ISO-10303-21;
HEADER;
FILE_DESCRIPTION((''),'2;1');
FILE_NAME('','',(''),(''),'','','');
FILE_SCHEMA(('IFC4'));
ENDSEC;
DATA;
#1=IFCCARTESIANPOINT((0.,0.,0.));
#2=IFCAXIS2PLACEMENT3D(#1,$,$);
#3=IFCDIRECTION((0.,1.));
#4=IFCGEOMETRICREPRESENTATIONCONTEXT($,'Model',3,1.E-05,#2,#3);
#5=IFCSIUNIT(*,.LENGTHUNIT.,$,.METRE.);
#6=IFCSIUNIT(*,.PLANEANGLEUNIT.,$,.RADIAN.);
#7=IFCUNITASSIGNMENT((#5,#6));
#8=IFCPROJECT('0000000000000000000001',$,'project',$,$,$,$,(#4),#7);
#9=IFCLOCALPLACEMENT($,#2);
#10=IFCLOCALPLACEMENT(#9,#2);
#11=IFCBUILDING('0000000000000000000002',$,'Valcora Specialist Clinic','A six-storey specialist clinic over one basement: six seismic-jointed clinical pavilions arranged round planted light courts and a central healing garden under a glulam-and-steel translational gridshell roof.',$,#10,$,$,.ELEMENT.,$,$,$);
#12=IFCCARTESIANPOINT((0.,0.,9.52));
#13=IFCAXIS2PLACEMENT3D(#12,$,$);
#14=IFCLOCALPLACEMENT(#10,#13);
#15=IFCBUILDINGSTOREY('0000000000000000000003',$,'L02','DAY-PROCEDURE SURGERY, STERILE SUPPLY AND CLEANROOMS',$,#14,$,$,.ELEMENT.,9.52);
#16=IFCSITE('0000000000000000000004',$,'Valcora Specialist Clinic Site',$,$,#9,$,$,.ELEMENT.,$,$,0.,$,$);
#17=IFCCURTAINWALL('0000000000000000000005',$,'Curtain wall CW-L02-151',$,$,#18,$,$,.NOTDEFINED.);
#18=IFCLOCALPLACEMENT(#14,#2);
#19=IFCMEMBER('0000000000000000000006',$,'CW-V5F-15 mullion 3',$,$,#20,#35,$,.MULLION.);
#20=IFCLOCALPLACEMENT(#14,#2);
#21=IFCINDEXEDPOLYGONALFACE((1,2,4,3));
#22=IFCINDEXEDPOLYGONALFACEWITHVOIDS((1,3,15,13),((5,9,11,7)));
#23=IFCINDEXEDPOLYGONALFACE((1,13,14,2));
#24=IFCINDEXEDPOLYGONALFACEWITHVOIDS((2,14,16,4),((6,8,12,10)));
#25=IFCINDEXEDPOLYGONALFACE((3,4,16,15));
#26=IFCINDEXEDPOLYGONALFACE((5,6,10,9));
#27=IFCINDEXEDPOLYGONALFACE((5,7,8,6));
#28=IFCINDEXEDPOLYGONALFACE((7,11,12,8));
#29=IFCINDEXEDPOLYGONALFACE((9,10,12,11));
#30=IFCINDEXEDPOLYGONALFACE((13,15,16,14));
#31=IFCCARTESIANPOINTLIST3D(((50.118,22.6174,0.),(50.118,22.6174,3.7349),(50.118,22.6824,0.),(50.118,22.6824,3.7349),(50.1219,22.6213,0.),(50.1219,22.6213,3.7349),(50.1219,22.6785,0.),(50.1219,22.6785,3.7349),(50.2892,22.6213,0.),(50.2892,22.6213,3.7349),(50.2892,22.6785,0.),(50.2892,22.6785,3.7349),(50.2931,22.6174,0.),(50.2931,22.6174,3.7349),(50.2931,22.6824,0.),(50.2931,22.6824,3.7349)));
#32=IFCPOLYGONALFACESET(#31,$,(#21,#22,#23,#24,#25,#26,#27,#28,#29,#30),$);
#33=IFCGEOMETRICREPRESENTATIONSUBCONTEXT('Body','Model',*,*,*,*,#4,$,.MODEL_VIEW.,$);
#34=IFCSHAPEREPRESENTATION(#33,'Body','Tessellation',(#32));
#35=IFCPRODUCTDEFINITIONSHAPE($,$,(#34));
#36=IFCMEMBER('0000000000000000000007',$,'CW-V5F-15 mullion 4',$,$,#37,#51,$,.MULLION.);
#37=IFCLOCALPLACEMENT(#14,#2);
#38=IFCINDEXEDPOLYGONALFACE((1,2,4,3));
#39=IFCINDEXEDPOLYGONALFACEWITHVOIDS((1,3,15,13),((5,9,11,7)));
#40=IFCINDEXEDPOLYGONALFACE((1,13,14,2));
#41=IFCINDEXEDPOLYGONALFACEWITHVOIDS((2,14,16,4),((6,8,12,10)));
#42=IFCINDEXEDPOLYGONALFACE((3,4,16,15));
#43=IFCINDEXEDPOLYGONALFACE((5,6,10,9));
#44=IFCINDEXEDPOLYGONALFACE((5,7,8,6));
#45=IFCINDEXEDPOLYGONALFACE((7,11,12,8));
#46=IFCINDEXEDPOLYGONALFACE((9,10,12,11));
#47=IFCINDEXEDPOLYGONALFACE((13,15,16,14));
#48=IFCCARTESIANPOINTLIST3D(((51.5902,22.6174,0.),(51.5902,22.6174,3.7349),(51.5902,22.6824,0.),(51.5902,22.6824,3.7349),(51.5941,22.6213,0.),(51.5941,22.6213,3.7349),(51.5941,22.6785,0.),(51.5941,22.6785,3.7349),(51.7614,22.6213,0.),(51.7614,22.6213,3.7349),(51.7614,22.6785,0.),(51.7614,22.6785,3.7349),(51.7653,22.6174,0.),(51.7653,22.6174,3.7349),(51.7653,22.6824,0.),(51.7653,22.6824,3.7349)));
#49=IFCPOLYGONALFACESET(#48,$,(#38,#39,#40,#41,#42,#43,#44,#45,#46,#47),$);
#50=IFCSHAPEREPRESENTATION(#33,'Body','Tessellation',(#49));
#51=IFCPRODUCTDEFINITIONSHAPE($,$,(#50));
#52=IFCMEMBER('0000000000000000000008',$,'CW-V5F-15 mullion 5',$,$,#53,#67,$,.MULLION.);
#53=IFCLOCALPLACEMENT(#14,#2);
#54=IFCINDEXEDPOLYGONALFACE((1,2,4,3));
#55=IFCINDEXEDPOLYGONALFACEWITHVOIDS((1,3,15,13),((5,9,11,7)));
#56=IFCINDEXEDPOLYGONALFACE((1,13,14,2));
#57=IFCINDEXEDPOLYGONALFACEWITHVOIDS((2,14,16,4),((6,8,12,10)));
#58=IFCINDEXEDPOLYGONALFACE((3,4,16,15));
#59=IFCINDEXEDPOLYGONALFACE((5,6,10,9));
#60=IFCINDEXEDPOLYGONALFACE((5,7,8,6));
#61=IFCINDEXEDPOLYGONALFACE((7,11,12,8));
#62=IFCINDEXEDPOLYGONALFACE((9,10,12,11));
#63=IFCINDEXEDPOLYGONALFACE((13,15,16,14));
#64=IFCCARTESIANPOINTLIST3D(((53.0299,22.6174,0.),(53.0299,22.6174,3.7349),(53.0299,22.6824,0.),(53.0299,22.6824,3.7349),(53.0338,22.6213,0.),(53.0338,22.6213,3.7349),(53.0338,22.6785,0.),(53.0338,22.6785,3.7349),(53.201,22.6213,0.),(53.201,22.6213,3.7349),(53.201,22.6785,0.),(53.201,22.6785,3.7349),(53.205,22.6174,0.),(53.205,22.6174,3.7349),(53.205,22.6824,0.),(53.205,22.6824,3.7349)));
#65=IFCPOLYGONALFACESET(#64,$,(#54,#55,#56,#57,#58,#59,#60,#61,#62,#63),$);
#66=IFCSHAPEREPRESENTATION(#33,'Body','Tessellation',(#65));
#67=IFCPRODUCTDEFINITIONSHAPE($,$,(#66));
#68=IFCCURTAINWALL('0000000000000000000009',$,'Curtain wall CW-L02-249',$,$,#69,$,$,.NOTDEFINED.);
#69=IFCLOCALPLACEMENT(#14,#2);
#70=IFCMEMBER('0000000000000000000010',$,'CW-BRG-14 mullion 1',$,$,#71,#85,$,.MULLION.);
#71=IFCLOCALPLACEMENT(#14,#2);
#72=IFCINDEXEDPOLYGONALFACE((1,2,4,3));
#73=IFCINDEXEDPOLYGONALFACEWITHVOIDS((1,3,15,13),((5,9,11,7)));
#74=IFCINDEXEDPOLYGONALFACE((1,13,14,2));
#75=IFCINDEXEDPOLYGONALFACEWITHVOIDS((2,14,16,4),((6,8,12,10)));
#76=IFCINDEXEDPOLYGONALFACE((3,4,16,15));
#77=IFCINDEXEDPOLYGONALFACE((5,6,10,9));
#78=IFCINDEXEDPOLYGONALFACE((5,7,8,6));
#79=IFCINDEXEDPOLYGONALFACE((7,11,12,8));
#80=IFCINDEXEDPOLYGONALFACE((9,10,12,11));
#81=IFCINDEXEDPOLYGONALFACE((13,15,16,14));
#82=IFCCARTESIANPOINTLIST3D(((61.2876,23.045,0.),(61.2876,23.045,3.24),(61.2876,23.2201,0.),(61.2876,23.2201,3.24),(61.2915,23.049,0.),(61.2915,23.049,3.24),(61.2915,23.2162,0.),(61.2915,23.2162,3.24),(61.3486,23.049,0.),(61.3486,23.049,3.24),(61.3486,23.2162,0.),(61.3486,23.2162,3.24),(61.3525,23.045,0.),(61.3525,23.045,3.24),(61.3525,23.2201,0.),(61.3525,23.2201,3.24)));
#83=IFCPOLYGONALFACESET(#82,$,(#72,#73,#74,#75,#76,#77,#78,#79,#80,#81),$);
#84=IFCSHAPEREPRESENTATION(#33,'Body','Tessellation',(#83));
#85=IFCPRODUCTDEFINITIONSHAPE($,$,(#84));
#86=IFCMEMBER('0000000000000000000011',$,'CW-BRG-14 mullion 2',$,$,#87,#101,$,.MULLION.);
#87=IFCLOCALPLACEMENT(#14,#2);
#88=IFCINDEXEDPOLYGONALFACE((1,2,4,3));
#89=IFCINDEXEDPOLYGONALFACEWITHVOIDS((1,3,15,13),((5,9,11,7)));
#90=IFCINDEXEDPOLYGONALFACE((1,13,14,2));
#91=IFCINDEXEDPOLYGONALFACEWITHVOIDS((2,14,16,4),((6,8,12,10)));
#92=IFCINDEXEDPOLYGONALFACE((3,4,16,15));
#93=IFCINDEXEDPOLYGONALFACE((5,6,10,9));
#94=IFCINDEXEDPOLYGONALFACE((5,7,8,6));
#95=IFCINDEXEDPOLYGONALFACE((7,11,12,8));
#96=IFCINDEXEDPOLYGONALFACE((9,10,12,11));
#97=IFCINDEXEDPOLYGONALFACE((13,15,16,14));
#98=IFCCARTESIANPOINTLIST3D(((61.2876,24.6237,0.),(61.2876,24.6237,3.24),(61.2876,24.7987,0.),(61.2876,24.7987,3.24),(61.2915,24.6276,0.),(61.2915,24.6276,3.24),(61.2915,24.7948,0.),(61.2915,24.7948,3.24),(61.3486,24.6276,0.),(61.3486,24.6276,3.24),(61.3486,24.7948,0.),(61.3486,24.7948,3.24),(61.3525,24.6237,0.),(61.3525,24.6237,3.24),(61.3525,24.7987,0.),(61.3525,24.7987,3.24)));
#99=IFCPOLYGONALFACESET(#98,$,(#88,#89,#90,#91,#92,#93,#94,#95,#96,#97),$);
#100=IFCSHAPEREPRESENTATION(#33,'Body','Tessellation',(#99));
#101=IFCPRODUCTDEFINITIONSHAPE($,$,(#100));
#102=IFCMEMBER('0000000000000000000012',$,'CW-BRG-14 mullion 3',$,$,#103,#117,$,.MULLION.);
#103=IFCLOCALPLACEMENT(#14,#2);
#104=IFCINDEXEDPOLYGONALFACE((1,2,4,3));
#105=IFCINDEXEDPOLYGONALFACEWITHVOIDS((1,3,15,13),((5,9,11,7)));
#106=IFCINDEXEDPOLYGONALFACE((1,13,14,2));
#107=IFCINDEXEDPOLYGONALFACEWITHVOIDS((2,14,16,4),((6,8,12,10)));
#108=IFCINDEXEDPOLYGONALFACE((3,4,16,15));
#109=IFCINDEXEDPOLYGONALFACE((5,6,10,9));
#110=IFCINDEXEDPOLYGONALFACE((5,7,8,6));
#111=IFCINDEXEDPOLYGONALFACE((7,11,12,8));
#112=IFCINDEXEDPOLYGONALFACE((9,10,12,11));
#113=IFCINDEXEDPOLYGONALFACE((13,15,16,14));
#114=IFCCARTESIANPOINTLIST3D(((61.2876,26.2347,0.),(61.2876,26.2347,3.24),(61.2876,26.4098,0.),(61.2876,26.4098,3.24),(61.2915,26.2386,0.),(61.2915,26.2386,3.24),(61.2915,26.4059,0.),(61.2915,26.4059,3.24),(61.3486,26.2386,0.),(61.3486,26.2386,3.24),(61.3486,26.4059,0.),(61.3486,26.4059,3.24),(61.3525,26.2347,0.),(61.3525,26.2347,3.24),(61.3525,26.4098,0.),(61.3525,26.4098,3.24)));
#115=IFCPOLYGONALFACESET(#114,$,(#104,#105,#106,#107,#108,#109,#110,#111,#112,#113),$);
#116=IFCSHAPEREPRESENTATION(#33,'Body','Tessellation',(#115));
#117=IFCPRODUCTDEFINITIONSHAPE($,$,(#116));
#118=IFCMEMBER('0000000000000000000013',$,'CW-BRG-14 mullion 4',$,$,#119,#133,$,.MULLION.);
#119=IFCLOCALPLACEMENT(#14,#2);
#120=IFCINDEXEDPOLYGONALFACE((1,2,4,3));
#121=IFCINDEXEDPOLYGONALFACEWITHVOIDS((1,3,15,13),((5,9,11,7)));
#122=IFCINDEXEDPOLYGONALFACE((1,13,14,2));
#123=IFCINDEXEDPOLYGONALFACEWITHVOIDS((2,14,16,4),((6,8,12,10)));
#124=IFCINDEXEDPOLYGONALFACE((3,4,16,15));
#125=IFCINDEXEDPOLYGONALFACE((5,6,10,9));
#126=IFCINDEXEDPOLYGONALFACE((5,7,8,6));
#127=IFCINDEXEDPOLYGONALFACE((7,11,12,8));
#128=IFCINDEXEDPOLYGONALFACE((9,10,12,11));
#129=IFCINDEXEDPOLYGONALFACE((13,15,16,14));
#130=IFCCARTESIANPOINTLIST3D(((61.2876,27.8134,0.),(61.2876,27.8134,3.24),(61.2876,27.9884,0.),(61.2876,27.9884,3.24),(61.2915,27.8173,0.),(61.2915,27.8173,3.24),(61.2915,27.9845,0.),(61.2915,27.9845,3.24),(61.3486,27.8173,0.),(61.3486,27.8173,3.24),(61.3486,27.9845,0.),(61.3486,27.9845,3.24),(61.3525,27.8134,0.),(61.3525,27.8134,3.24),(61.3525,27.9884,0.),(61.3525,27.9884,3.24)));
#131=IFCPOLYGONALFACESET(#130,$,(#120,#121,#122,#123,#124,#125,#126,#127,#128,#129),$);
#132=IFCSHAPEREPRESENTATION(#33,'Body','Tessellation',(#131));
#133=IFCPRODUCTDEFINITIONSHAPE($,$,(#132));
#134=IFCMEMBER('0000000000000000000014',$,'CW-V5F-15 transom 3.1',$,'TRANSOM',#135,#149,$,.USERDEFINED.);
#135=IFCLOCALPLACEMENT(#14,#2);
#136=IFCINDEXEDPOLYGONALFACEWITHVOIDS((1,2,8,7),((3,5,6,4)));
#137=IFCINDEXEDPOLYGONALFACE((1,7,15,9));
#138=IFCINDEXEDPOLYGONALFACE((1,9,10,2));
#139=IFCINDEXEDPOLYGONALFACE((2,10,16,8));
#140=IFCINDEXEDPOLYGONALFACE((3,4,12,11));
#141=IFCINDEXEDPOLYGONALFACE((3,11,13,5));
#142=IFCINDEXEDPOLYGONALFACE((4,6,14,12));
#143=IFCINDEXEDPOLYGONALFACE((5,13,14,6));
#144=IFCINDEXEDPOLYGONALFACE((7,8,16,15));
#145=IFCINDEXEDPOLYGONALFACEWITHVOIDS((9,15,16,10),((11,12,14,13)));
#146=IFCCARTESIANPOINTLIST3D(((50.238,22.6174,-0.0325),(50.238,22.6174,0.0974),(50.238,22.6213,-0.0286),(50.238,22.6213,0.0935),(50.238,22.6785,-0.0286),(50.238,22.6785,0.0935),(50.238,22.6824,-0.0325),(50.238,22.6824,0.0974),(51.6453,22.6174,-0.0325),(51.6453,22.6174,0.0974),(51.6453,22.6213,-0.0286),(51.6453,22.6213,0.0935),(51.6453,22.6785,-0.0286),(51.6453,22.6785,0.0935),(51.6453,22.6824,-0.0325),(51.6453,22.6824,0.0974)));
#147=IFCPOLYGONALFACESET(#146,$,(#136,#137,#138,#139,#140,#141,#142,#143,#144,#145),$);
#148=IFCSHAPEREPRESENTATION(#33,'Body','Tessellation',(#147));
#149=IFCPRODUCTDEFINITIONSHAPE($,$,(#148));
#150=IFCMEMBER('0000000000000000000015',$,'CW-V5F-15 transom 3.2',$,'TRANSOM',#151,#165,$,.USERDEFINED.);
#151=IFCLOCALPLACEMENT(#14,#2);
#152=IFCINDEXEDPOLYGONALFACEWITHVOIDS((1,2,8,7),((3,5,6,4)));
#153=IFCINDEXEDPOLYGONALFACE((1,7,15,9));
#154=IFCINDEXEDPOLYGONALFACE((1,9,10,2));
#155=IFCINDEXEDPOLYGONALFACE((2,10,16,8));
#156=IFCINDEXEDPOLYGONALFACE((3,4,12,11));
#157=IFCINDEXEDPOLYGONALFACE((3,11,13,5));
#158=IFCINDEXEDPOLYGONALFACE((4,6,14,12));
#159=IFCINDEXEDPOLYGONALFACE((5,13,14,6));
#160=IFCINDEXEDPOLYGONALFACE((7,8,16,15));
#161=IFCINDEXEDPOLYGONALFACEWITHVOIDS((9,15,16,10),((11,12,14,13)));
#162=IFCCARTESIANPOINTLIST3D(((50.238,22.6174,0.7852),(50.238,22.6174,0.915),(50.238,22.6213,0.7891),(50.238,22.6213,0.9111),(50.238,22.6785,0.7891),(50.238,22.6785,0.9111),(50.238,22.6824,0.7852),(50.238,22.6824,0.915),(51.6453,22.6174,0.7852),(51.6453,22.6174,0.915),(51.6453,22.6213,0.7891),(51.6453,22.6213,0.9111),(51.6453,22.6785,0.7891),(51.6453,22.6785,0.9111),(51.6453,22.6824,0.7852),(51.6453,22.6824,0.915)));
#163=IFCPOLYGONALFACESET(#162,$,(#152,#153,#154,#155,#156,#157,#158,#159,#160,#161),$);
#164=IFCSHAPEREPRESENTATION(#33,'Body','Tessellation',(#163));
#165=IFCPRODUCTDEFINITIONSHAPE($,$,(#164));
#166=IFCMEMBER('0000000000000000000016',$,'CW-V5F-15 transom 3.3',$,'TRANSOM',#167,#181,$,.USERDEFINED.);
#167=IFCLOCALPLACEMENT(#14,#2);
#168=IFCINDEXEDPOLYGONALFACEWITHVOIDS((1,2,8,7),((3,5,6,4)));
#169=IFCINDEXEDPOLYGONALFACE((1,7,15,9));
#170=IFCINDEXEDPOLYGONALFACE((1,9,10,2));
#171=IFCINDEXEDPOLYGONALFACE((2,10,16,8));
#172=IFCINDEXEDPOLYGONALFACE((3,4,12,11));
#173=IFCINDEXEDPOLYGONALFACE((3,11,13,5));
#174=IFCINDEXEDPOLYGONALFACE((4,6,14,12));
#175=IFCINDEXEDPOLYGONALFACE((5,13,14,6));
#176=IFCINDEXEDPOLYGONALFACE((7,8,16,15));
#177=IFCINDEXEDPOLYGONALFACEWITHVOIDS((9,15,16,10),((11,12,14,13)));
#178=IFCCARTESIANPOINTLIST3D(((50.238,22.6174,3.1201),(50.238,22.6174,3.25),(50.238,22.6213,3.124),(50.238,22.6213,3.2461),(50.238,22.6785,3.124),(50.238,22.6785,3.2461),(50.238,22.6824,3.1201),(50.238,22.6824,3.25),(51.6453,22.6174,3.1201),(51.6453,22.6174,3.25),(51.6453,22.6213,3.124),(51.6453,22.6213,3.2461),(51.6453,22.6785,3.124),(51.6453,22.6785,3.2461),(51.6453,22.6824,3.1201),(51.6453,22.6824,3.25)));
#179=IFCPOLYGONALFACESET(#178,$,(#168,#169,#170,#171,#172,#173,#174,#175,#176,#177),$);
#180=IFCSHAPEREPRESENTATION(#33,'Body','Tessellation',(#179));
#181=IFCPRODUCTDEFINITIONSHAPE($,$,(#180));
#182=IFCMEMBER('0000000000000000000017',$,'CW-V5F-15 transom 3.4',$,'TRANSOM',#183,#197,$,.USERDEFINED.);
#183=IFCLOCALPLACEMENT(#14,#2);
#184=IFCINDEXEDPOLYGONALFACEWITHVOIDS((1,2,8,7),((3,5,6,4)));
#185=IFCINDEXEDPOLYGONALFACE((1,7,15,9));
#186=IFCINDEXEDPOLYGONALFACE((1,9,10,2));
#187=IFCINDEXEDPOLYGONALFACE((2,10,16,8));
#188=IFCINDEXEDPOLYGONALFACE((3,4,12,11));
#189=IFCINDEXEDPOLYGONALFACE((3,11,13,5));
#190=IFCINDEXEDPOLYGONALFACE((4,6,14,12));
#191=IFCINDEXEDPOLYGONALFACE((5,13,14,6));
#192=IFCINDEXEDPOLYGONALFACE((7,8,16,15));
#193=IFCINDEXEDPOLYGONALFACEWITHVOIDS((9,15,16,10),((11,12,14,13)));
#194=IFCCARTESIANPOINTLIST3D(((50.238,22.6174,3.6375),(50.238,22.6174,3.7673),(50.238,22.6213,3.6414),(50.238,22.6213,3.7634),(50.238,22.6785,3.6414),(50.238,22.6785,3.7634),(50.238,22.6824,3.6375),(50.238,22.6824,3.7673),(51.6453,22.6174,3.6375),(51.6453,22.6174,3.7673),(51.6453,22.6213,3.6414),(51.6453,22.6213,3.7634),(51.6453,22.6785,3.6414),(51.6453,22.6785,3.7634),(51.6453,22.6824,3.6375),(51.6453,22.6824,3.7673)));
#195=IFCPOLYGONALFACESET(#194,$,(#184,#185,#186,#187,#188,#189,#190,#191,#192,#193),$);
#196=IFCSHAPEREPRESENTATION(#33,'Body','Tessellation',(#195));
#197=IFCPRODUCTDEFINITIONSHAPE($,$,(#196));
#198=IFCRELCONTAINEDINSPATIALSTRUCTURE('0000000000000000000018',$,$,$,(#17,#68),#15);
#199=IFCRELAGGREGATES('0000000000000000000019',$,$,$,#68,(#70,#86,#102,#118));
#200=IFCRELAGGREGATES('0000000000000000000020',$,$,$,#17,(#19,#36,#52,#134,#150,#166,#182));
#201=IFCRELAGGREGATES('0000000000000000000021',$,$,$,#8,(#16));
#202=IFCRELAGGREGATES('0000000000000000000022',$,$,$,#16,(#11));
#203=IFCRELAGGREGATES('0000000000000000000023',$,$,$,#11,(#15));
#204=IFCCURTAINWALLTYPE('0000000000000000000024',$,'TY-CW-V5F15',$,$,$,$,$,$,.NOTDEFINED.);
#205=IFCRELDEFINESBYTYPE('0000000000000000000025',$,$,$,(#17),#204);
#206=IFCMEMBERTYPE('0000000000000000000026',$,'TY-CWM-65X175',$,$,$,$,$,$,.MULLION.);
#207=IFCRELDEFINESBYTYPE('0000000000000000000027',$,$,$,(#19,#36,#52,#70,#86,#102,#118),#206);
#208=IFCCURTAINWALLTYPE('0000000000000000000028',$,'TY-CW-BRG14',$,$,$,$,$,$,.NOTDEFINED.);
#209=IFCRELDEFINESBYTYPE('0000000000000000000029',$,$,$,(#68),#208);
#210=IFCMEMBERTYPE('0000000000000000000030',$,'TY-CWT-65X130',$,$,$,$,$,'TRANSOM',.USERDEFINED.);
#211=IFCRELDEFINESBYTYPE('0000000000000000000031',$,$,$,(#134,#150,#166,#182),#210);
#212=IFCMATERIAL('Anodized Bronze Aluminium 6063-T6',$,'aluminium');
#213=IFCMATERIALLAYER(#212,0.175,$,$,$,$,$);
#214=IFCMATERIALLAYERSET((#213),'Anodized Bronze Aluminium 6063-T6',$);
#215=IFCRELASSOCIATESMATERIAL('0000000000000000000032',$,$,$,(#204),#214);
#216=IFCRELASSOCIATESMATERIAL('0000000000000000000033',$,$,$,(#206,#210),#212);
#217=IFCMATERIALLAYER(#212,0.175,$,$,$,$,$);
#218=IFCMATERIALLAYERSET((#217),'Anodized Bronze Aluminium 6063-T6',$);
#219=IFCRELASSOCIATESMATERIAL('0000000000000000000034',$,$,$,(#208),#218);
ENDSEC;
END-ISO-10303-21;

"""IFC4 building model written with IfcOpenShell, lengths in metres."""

from ifc_helpers import new_model, si_unit, direction, frame, origin, origin_2d, place, context, subcontext, project, spatial, hollow_rectangle, extrude, material, layer, layer_set, material_profile, profile_set, type_object, element, aggregate, save


model = new_model("IFC4")

# Units and contexts
model_context = context("Model", 3, precision=1e-05, world=origin(), true_north=direction((0.0, 1.0)))
body_context = subcontext(model_context, "Body", "Model", "MODEL_VIEW")
ifc_project = project(units=[si_unit("LENGTHUNIT", "METRE"), si_unit("PLANEANGLEUNIT", "RADIAN")], contexts=[model_context])

# Site, building, storey
site_placement = place(None, origin())
site = spatial("IfcSite", under=ifc_project, at=site_placement, Name="Valcora Specialist Clinic Site", CompositionType="ELEMENT", RefElevation=0.0)
building_placement = place(site_placement, origin())
building = spatial("IfcBuilding", under=site, at=building_placement, Name="Valcora Specialist Clinic", Description="A six-storey specialist clinic over one basement: six seismic-jointed clinical pavilions arranged round planted light courts and a central healing garden under a glulam-and-steel translational gridshell roof.", CompositionType="ELEMENT")
storey_placement = place(building_placement, frame((0.0, 0.0, 9.52)))
storey = spatial("IfcBuildingStorey", under=building, at=storey_placement, Name="L02", Description="DAY-PROCEDURE SURGERY, STERILE SUPPLY AND CLEANROOMS", CompositionType="ELEMENT", Elevation=9.52)

# Curtain walls, members
ifc_material_1 = material(Name="Anodized Bronze Aluminium 6063-T6", Category="aluminium")
ifc_layer_1 = layer(ifc_material_1, 0.175)
ifc_layer_set_1 = layer_set([ifc_layer_1], Name="Anodized Bronze Aluminium 6063-T6")
curtain_wall_type_1 = type_object("IfcCurtainWallType", Name="TY-CW-V5F15", PredefinedType="NOTDEFINED", material=ifc_layer_set_1)
curtain_wall_1_placement = place(storey_placement, origin())
curtain_wall_1 = element("IfcCurtainWall", 1, at=curtain_wall_1_placement, inside=storey, type_object=curtain_wall_type_1, Name="Curtain wall CW-L02-151", PredefinedType="NOTDEFINED")
ifc_material_profile_1 = material_profile(ifc_material_1, hollow_rectangle(XDim=0.0649, YDim=0.175, WallThickness=0.0039, at=origin_2d()), Name="AL-MUL-65X175")
ifc_profile_set_1 = profile_set([ifc_material_profile_1], Name="Anodized Bronze Aluminium 6063-T6")
member_type_1 = type_object("IfcMemberType", Name="TY-CWM-65X175", PredefinedType="MULLION", material=ifc_profile_set_1)
member_1_placement = place(storey_placement, frame((50.2056, 22.6499, 0.0), z_axis=(0.0, 0.0, 1.0), x_axis=(0.0, 1.0, 0.0)))
member_1 = element("IfcMember", 2, at=member_1_placement, type_object=member_type_1, Name="CW-V5F-15 mullion 3", PredefinedType="MULLION", context=body_context, shape_type="SweptSolid", body=[
    extrude(hollow_rectangle(XDim=0.0649, YDim=0.175, WallThickness=0.0039, at=origin_2d()), origin(), (0.0, 0.0, 1.0), 3.7349),
])
member_2_placement = place(storey_placement, frame((51.6777, 22.6499, 0.0), z_axis=(0.0, 0.0, 1.0), x_axis=(0.0, 1.0, 0.0)))
member_2 = element("IfcMember", 3, at=member_2_placement, type_object=member_type_1, Name="CW-V5F-15 mullion 4", PredefinedType="MULLION", context=body_context, shape_type="SweptSolid", body=[
    extrude(hollow_rectangle(XDim=0.0649, YDim=0.175, WallThickness=0.0039, at=origin_2d()), origin(), (0.0, 0.0, 1.0), 3.7349),
])
member_3_placement = place(storey_placement, frame((53.1174, 22.6499, 0.0), z_axis=(0.0, 0.0, 1.0), x_axis=(0.0, 1.0, 0.0)))
member_3 = element("IfcMember", 4, at=member_3_placement, type_object=member_type_1, Name="CW-V5F-15 mullion 5", PredefinedType="MULLION", context=body_context, shape_type="SweptSolid", body=[
    extrude(hollow_rectangle(XDim=0.0649, YDim=0.175, WallThickness=0.0039, at=origin_2d()), origin(), (0.0, 0.0, 1.0), 3.7349),
])
ifc_layer_2 = layer(ifc_material_1, 0.175)
ifc_layer_set_2 = layer_set([ifc_layer_2], Name="Anodized Bronze Aluminium 6063-T6")
curtain_wall_type_2 = type_object("IfcCurtainWallType", Name="TY-CW-BRG14", PredefinedType="NOTDEFINED", material=ifc_layer_set_2)
curtain_wall_2_placement = place(storey_placement, origin())
curtain_wall_2 = element("IfcCurtainWall", 5, at=curtain_wall_2_placement, inside=storey, type_object=curtain_wall_type_2, Name="Curtain wall CW-L02-249", PredefinedType="NOTDEFINED")
member_4_placement = place(storey_placement, frame((61.3201, 23.1326, 0.0), z_axis=(0.0, 0.0, 1.0), x_axis=(-1.0, 0.0, 0.0)))
member_4 = element("IfcMember", 6, at=member_4_placement, type_object=member_type_1, Name="CW-BRG-14 mullion 1", PredefinedType="MULLION", context=body_context, shape_type="SweptSolid", body=[
    extrude(hollow_rectangle(XDim=0.0649, YDim=0.175, WallThickness=0.0039, at=origin_2d()), origin(), (0.0, 0.0, 1.0), 3.24),
])
member_5_placement = place(storey_placement, frame((61.3201, 24.7112, 0.0), z_axis=(0.0, 0.0, 1.0), x_axis=(-1.0, 0.0, 0.0)))
member_5 = element("IfcMember", 7, at=member_5_placement, type_object=member_type_1, Name="CW-BRG-14 mullion 2", PredefinedType="MULLION", context=body_context, shape_type="SweptSolid", body=[
    extrude(hollow_rectangle(XDim=0.0649, YDim=0.175, WallThickness=0.0039, at=origin_2d()), origin(), (0.0, 0.0, 1.0), 3.24),
])
member_6_placement = place(storey_placement, frame((61.3201, 26.3223, 0.0), z_axis=(0.0, 0.0, 1.0), x_axis=(-1.0, 0.0, 0.0)))
member_6 = element("IfcMember", 8, at=member_6_placement, type_object=member_type_1, Name="CW-BRG-14 mullion 3", PredefinedType="MULLION", context=body_context, shape_type="SweptSolid", body=[
    extrude(hollow_rectangle(XDim=0.0649, YDim=0.175, WallThickness=0.0039, at=origin_2d()), origin(), (0.0, 0.0, 1.0), 3.24),
])
member_7_placement = place(storey_placement, frame((61.3201, 27.9009, 0.0), z_axis=(0.0, 0.0, 1.0), x_axis=(-1.0, 0.0, 0.0)))
member_7 = element("IfcMember", 9, at=member_7_placement, type_object=member_type_1, Name="CW-BRG-14 mullion 4", PredefinedType="MULLION", context=body_context, shape_type="SweptSolid", body=[
    extrude(hollow_rectangle(XDim=0.0649, YDim=0.175, WallThickness=0.0039, at=origin_2d()), origin(), (0.0, 0.0, 1.0), 3.24),
])

# Members
ifc_material_profile_2 = material_profile(ifc_material_1, hollow_rectangle(XDim=0.0649, YDim=0.1299, WallThickness=0.0039, at=origin_2d()), Name="AL-TRN-65X130")
ifc_profile_set_2 = profile_set([ifc_material_profile_2], Name="Anodized Bronze Aluminium 6063-T6")
member_type_2 = type_object("IfcMemberType", Name="TY-CWT-65X130", ElementType="TRANSOM", PredefinedType="USERDEFINED", material=ifc_profile_set_2)
member_8_placement = place(storey_placement, frame((50.238, 22.6499, 0.0325), z_axis=(1.0, 0.0, 0.0), x_axis=(0.0, 1.0, 0.0)))
member_8 = element("IfcMember", 10, at=member_8_placement, type_object=member_type_2, Name="CW-V5F-15 transom 3.1", ObjectType="TRANSOM", PredefinedType="USERDEFINED", context=body_context, shape_type="SweptSolid", body=[
    extrude(hollow_rectangle(XDim=0.0649, YDim=0.1299, WallThickness=0.0039, at=origin_2d()), origin(), (0.0, 0.0, 1.0), 1.4072),
])
member_9_placement = place(storey_placement, frame((50.238, 22.6499, 0.8501), z_axis=(1.0, 0.0, 0.0), x_axis=(0.0, 1.0, 0.0)))
member_9 = element("IfcMember", 11, at=member_9_placement, type_object=member_type_2, Name="CW-V5F-15 transom 3.2", ObjectType="TRANSOM", PredefinedType="USERDEFINED", context=body_context, shape_type="SweptSolid", body=[
    extrude(hollow_rectangle(XDim=0.0649, YDim=0.1299, WallThickness=0.0039, at=origin_2d()), origin(), (0.0, 0.0, 1.0), 1.4072),
])
member_10_placement = place(storey_placement, frame((50.238, 22.6499, 3.1851), z_axis=(1.0, 0.0, 0.0), x_axis=(0.0, 1.0, 0.0)))
member_10 = element("IfcMember", 12, at=member_10_placement, type_object=member_type_2, Name="CW-V5F-15 transom 3.3", ObjectType="TRANSOM", PredefinedType="USERDEFINED", context=body_context, shape_type="SweptSolid", body=[
    extrude(hollow_rectangle(XDim=0.0649, YDim=0.1299, WallThickness=0.0039, at=origin_2d()), origin(), (0.0, 0.0, 1.0), 1.4072),
])
member_11_placement = place(storey_placement, frame((50.238, 22.6499, 3.7024), z_axis=(1.0, 0.0, 0.0), x_axis=(0.0, 1.0, 0.0)))
member_11 = element("IfcMember", 13, at=member_11_placement, type_object=member_type_2, Name="CW-V5F-15 transom 3.4", ObjectType="TRANSOM", PredefinedType="USERDEFINED", context=body_context, shape_type="SweptSolid", body=[
    extrude(hollow_rectangle(XDim=0.0649, YDim=0.1299, WallThickness=0.0039, at=origin_2d()), origin(), (0.0, 0.0, 1.0), 1.4072),
])

aggregate(curtain_wall_2, [member_4, member_5, member_6, member_7])
aggregate(curtain_wall_1, [member_1, member_2, member_3, member_8, member_9, member_10, member_11])

save(model, "model.ifc")
